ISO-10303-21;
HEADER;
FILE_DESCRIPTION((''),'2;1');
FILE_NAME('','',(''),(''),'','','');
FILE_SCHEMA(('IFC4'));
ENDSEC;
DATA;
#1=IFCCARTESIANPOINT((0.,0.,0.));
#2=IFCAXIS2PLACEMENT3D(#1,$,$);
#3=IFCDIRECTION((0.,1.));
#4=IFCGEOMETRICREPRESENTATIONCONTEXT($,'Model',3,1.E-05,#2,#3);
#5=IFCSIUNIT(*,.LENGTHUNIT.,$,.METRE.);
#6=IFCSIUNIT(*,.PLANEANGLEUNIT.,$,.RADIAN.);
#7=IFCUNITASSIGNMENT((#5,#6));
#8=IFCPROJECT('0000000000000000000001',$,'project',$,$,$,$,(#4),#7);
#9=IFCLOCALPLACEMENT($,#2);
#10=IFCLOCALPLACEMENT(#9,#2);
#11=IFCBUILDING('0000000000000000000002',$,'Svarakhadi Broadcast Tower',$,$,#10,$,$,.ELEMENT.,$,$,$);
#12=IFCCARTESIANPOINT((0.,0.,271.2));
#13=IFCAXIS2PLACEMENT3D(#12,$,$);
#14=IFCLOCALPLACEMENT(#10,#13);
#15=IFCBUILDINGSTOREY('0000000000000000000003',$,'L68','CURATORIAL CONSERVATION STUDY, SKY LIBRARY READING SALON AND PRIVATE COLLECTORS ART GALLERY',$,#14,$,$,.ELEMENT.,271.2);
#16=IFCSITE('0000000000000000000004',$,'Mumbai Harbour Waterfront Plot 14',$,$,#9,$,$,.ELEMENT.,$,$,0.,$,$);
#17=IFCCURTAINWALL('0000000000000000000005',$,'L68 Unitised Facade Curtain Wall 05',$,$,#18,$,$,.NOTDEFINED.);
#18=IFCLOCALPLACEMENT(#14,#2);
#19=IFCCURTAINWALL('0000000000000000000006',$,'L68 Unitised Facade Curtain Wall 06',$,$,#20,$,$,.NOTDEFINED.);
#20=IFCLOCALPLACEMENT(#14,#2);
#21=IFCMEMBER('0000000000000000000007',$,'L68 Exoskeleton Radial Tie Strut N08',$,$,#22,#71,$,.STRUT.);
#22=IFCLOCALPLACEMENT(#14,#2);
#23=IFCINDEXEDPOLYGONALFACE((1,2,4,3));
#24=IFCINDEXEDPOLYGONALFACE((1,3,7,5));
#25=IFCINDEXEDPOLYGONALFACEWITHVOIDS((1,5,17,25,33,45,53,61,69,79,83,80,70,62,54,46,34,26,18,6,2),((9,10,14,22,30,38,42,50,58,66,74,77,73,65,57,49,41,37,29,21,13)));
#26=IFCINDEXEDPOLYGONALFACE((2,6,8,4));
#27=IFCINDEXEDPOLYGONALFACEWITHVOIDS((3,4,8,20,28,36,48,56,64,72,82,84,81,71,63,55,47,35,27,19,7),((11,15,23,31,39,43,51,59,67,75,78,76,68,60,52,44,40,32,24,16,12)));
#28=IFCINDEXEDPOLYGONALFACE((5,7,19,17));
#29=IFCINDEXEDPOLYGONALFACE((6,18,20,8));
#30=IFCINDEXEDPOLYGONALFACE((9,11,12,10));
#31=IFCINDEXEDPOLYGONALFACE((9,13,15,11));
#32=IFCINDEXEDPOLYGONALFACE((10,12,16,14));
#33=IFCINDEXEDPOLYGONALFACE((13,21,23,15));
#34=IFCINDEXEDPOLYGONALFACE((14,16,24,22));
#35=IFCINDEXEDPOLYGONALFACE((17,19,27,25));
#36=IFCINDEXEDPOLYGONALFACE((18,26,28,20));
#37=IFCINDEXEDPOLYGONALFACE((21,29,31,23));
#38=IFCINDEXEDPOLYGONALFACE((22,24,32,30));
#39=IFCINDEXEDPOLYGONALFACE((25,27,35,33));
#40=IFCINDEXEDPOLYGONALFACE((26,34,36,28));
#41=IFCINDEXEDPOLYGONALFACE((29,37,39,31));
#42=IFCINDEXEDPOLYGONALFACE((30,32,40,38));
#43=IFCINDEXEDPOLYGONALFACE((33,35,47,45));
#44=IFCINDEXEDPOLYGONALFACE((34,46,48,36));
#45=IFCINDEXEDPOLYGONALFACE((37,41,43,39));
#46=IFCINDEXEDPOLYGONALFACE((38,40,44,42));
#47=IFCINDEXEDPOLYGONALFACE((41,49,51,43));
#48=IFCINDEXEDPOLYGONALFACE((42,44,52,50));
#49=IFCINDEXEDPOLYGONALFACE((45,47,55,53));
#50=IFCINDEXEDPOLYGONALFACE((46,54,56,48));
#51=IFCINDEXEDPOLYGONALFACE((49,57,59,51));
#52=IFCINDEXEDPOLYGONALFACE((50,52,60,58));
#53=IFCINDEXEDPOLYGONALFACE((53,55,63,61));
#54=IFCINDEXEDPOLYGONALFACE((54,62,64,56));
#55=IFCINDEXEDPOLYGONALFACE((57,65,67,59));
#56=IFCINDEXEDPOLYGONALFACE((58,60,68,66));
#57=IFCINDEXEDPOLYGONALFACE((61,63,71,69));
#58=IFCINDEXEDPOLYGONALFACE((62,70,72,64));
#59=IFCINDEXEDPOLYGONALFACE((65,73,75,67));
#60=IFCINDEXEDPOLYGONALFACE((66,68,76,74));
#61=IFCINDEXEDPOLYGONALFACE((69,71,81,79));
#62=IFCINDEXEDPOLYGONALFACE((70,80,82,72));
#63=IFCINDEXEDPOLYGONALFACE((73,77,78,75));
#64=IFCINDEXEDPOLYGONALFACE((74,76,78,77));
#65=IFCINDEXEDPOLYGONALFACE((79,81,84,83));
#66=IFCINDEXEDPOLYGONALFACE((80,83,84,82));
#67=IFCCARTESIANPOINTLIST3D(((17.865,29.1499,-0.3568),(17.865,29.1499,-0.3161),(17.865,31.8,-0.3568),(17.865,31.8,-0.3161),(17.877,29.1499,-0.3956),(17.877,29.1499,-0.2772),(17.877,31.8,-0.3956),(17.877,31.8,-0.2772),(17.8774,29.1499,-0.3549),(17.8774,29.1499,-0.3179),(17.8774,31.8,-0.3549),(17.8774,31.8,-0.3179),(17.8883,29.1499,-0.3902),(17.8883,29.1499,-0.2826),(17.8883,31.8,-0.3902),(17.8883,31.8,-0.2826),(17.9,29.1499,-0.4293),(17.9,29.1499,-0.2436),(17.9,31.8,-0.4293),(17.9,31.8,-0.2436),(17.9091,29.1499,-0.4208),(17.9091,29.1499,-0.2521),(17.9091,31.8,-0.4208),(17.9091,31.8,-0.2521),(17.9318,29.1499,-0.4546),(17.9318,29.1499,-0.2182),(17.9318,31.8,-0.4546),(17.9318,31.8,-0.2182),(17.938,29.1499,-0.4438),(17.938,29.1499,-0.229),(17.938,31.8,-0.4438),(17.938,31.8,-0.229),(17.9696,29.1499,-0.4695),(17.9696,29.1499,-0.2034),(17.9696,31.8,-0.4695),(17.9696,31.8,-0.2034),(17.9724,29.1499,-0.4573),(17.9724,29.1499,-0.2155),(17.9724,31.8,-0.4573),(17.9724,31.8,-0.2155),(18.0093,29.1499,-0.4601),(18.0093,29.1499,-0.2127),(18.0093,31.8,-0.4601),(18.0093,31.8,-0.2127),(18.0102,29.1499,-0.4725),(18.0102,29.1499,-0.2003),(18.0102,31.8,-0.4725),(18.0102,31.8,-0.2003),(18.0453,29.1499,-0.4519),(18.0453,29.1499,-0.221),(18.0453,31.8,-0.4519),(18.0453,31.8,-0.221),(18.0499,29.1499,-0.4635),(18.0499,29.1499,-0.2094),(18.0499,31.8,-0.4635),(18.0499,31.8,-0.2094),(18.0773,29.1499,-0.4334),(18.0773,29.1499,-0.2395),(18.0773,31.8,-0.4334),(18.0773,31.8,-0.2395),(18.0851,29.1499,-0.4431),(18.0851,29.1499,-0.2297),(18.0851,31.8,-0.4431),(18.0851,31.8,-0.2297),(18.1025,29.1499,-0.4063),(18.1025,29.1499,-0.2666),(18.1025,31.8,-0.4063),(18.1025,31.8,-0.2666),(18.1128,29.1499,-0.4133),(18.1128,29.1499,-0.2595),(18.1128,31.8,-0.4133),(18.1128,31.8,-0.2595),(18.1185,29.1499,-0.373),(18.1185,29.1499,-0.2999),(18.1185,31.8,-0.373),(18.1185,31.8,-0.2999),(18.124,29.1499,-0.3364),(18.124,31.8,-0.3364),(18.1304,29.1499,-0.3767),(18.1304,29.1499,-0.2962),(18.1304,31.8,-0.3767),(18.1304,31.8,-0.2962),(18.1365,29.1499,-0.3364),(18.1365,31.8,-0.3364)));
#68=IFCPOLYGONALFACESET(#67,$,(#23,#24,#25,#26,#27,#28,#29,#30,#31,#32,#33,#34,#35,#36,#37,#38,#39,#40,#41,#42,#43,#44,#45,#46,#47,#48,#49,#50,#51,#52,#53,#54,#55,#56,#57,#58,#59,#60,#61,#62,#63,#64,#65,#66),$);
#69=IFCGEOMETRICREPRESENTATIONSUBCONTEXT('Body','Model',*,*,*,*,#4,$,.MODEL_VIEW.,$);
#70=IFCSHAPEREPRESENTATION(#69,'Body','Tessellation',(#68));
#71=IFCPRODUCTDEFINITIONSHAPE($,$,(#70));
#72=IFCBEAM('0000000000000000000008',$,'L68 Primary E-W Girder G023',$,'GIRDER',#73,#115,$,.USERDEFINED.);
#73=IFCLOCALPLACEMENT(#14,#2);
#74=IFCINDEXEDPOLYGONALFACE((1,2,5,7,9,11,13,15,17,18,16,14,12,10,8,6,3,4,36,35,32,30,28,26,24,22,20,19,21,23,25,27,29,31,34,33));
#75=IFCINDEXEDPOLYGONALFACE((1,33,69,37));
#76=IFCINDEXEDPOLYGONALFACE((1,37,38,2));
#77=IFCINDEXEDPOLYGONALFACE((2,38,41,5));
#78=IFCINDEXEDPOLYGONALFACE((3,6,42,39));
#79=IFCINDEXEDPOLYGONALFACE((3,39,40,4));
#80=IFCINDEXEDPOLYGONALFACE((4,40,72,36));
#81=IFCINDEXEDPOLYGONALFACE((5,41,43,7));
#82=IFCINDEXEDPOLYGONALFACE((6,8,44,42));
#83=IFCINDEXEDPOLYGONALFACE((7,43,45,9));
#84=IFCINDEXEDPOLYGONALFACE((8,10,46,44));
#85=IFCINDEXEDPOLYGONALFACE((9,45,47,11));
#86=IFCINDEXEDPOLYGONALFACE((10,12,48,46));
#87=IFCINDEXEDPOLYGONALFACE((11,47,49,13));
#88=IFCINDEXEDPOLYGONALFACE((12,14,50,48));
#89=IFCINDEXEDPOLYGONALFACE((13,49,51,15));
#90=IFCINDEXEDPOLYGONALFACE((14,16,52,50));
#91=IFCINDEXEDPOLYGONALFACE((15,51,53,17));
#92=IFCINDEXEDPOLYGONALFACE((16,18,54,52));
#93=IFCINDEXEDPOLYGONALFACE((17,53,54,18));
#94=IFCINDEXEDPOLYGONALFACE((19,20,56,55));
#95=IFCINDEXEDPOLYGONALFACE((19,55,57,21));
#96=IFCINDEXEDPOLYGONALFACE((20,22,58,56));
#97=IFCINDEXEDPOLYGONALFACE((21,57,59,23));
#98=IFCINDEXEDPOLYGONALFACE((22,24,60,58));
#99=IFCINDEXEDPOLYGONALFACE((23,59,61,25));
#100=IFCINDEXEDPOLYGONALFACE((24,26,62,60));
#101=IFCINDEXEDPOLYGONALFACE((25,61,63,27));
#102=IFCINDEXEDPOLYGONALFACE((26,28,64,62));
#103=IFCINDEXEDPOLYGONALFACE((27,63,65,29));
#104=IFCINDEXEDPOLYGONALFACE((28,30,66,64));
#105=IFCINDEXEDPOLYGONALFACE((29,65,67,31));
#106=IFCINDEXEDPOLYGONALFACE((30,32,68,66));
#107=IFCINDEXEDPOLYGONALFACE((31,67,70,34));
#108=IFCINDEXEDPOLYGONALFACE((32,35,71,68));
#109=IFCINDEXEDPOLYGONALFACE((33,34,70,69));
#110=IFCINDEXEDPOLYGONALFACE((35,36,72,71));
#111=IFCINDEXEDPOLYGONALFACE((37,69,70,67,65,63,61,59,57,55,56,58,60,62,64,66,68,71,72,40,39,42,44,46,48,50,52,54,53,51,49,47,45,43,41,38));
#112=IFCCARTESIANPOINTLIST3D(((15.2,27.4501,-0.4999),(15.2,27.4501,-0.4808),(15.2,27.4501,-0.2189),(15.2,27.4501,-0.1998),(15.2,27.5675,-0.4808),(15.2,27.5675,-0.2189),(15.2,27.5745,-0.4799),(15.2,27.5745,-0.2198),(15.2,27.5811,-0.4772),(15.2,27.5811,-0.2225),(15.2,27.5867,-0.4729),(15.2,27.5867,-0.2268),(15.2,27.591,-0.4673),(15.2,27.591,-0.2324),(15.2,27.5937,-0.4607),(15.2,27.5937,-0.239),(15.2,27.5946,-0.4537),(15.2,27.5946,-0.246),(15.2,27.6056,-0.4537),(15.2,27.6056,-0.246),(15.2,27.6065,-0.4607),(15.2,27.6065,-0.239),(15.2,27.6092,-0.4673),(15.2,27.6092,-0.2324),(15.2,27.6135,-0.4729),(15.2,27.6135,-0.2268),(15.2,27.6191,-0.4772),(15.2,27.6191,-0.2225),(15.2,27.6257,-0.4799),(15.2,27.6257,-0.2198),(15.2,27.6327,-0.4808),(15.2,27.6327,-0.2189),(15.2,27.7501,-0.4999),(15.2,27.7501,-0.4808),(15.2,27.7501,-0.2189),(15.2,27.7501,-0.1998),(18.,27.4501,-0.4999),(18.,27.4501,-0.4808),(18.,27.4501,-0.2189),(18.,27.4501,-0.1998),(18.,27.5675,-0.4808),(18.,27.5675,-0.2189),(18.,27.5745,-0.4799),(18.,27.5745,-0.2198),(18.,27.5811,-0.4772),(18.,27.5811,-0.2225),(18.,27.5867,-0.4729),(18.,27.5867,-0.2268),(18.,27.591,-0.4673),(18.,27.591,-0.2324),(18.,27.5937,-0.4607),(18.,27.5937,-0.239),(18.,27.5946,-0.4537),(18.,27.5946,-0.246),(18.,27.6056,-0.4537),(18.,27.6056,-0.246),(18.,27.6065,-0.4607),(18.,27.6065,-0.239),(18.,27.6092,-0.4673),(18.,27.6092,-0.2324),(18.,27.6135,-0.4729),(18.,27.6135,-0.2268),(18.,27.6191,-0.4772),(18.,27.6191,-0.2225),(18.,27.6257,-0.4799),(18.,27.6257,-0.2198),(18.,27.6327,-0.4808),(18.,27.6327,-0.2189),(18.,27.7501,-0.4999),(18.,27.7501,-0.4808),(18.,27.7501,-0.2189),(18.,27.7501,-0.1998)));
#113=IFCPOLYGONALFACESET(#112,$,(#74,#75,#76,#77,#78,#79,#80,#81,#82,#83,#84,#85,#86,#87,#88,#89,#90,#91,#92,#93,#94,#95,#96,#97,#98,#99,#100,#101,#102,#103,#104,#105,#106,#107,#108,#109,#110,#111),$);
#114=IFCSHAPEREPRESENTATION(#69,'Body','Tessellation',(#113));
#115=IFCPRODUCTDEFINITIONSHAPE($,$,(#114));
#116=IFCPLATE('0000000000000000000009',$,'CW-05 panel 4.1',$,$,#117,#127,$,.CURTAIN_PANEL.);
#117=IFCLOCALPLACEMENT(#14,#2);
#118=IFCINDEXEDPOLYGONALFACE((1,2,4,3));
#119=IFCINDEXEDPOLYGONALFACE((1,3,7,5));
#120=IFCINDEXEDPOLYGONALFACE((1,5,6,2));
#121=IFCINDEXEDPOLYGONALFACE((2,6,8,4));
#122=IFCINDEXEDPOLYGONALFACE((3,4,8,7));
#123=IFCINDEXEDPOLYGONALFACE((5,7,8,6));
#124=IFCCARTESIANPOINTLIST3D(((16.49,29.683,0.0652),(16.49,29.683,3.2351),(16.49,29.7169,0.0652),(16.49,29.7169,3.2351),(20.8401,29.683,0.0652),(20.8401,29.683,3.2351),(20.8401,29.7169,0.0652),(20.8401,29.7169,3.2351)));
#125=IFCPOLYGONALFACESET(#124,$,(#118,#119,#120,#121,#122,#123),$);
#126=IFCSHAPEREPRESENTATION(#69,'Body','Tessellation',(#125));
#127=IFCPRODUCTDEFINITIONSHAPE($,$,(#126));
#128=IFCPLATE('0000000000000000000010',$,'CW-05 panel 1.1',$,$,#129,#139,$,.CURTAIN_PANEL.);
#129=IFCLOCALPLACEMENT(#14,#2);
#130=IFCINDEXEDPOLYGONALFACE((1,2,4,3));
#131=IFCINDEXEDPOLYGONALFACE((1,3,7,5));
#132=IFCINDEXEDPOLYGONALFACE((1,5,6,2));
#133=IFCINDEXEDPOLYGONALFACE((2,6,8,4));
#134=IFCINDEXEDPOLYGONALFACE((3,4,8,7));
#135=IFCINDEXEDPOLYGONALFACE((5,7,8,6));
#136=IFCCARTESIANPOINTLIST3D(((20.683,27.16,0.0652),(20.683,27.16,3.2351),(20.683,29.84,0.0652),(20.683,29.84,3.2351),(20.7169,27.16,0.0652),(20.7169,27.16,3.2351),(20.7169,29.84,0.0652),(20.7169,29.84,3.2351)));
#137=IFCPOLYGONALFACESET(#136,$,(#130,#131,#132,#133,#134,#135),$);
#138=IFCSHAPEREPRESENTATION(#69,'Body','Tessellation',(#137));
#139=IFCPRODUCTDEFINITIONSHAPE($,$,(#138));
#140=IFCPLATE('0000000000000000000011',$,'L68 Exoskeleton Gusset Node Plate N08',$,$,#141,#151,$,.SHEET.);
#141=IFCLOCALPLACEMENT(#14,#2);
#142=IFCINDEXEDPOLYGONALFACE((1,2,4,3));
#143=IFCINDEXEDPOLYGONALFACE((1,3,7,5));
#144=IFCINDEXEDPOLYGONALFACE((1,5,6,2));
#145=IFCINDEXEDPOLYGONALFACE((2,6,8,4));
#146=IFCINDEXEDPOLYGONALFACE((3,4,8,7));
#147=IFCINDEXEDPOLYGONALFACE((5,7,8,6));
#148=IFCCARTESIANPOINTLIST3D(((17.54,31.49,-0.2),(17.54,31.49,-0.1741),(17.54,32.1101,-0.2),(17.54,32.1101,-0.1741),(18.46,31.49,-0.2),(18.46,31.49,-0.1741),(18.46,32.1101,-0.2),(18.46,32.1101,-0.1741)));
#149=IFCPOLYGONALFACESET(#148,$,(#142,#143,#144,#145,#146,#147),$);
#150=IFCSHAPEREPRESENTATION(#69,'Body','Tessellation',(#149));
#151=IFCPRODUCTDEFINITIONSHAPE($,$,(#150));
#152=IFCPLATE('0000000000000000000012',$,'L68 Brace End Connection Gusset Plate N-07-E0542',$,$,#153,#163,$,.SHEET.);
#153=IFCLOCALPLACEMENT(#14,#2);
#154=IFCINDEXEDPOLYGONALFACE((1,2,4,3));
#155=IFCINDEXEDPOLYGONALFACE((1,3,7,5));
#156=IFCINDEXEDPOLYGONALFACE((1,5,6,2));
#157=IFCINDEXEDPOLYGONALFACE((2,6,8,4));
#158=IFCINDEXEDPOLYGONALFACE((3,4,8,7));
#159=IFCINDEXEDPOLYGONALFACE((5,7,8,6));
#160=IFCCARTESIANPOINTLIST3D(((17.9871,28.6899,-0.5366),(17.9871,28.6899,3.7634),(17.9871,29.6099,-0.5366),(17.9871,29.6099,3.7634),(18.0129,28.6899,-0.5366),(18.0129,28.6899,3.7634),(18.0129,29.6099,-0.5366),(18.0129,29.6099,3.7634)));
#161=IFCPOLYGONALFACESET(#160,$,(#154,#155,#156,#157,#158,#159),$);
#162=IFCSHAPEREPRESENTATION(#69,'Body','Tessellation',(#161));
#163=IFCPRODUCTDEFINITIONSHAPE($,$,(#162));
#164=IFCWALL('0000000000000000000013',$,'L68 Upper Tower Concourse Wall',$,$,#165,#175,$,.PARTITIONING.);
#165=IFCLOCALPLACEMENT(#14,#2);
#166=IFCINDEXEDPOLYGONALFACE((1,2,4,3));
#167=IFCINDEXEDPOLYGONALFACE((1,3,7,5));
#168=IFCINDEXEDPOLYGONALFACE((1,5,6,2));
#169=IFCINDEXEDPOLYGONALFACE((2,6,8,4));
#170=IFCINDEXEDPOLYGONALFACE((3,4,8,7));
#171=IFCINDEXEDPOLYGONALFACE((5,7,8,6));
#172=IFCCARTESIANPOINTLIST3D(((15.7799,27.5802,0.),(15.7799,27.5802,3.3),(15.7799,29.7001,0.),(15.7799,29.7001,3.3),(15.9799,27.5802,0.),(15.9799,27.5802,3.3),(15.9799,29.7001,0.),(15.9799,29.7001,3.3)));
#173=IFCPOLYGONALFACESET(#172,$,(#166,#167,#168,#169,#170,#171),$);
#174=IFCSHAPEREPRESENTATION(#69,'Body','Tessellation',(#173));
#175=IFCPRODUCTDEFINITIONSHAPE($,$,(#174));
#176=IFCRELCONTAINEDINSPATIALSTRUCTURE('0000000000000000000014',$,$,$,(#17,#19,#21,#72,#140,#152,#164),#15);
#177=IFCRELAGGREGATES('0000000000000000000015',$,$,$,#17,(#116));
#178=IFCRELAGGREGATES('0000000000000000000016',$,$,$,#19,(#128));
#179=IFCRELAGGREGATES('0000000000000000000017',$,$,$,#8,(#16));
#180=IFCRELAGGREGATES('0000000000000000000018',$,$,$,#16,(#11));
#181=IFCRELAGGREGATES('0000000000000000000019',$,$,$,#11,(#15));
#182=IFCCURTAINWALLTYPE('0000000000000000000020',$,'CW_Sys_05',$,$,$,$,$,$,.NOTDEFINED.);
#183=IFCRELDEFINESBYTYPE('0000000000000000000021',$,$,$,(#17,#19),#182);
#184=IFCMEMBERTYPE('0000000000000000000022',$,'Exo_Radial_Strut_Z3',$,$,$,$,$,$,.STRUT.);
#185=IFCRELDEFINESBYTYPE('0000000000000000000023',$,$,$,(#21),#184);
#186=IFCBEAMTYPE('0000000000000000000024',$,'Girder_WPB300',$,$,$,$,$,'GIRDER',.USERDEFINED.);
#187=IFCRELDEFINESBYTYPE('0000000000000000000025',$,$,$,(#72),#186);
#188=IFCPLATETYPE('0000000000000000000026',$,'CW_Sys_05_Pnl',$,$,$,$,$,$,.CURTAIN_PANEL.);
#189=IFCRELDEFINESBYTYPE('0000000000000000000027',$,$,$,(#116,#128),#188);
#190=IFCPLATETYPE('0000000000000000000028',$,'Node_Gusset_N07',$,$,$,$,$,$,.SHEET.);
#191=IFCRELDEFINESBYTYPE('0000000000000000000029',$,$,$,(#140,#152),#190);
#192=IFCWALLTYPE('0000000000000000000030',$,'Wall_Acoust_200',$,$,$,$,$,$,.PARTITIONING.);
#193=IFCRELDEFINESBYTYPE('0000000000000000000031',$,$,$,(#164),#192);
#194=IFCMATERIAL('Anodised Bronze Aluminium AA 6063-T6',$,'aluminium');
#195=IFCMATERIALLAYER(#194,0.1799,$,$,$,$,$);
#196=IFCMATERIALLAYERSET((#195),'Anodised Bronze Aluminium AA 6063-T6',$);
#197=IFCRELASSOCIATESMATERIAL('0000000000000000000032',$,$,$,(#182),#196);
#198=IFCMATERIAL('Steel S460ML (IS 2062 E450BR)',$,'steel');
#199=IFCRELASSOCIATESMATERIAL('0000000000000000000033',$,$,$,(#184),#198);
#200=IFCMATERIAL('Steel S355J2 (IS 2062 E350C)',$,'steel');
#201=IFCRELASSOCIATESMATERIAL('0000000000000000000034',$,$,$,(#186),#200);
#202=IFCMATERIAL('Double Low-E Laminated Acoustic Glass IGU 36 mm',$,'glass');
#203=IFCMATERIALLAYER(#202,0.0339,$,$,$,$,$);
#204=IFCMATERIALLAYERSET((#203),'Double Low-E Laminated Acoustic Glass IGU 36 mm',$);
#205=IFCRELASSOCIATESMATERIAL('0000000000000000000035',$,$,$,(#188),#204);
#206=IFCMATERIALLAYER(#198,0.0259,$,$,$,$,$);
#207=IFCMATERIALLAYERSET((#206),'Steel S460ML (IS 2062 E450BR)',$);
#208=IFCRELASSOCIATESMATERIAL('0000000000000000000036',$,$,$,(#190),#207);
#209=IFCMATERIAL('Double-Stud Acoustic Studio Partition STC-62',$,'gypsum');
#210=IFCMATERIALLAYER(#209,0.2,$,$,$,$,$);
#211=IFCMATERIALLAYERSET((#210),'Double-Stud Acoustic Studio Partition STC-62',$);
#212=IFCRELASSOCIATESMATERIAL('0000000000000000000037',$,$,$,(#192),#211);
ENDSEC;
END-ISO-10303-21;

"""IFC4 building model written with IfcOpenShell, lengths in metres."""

from ifc_helpers import new_model, si_unit, direction, frame, frame_2d, origin, origin_2d, place, context, subcontext, project, spatial, rectangle, hollow_circle, i_section, extrude, material, layer, layer_set, material_profile, profile_set, type_object, element, aggregate, save


model = new_model("IFC4")

# Units and contexts
model_context = context("Model", 3, precision=1e-05, world=origin(), true_north=direction((0.0, 1.0)))
body_context = subcontext(model_context, "Body", "Model", "MODEL_VIEW")
ifc_project = project(units=[si_unit("LENGTHUNIT", "METRE"), si_unit("PLANEANGLEUNIT", "RADIAN")], contexts=[model_context])

# Site, building, storey
site_placement = place(None, origin())
site = spatial("IfcSite", under=ifc_project, at=site_placement, Name="Mumbai Harbour Waterfront Plot 14", CompositionType="ELEMENT", RefElevation=0.0)
building_placement = place(site_placement, origin())
building = spatial("IfcBuilding", under=site, at=building_placement, Name="Svarakhadi Broadcast Tower", CompositionType="ELEMENT")
storey_placement = place(building_placement, frame((0.0, 0.0, 271.2)))
storey = spatial("IfcBuildingStorey", under=building, at=storey_placement, Name="L68", Description="CURATORIAL CONSERVATION STUDY, SKY LIBRARY READING SALON AND PRIVATE COLLECTORS ART GALLERY", CompositionType="ELEMENT", Elevation=271.2)

# Shared definitions
ifc_material_1 = material(Name="Steel S460ML (IS 2062 E450BR)", Category="steel")

# Curtain walls
ifc_material_2 = material(Name="Anodised Bronze Aluminium AA 6063-T6", Category="aluminium")
ifc_layer_1 = layer(ifc_material_2, 0.1799)
ifc_layer_set_1 = layer_set([ifc_layer_1], Name="Anodised Bronze Aluminium AA 6063-T6")
curtain_wall_type = type_object("IfcCurtainWallType", Name="CW_Sys_05", PredefinedType="NOTDEFINED", material=ifc_layer_set_1)
curtain_wall_1_placement = place(storey_placement, origin())
curtain_wall_1 = element("IfcCurtainWall", 1, at=curtain_wall_1_placement, inside=storey, type_object=curtain_wall_type, Name="L68 Unitised Facade Curtain Wall 05", PredefinedType="NOTDEFINED")
curtain_wall_2_placement = place(storey_placement, origin())
curtain_wall_2 = element("IfcCurtainWall", 2, at=curtain_wall_2_placement, inside=storey, type_object=curtain_wall_type, Name="L68 Unitised Facade Curtain Wall 06", PredefinedType="NOTDEFINED")

# Member
ifc_material_profile_1 = material_profile(ifc_material_1, hollow_circle(Radius=0.1365, WallThickness=0.0125, at=origin_2d()), Name="CHS 273x12.5")
ifc_profile_set_1 = profile_set([ifc_material_profile_1], Name="Steel S460ML (IS 2062 E450BR)")
member_type_1 = type_object("IfcMemberType", Name="Exo_Radial_Strut_Z3", PredefinedType="STRUT", material=ifc_profile_set_1)
member_1_placement = place(storey_placement, frame((18.0, 31.8, -0.3364), z_axis=(0.0, -1.0, 0.0), x_axis=(1.0, 0.0, 0.0)))
element("IfcMember", 3, at=member_1_placement, inside=storey, type_object=member_type_1, Name="L68 Exoskeleton Radial Tie Strut N08", PredefinedType="STRUT", context=body_context, shape_type="SweptSolid", body=[
    extrude(hollow_circle(Radius=0.1365, WallThickness=0.0125, at=origin_2d()), origin(), (0.0, 0.0, 1.0), 2.6501),
])

# Beam
ifc_material_3 = material(Name="Steel S355J2 (IS 2062 E350C)", Category="steel")
ifc_material_profile_2 = material_profile(ifc_material_3, i_section(OverallWidth=0.3, OverallDepth=0.3, WebThickness=0.011, FlangeThickness=0.019, FilletRadius=0.0271, at=origin_2d()), Name="WPB 300x300x117")
ifc_profile_set_2 = profile_set([ifc_material_profile_2], Name="Steel S355J2 (IS 2062 E350C)")
beam_type = type_object("IfcBeamType", Name="Girder_WPB300", ElementType="GIRDER", PredefinedType="USERDEFINED", material=ifc_profile_set_2)
beam_placement = place(storey_placement, frame((15.2, 27.6001, -0.3499), z_axis=(1.0, 0.0, 0.0), x_axis=(0.0, 1.0, 0.0)))
element("IfcBeam", 4, at=beam_placement, inside=storey, type_object=beam_type, Name="L68 Primary E-W Girder G023", ObjectType="GIRDER", PredefinedType="USERDEFINED", context=body_context, shape_type="SweptSolid", body=[
    extrude(i_section(OverallWidth=0.3, OverallDepth=0.3, WebThickness=0.011, FlangeThickness=0.019, FilletRadius=0.0271, at=origin_2d()), origin(), (0.0, 0.0, 1.0), 2.8),
])

# Plates
ifc_material_4 = material(Name="Double Low-E Laminated Acoustic Glass IGU 36 mm", Category="glass")
ifc_layer_2 = layer(ifc_material_4, 0.0339)
ifc_layer_set_2 = layer_set([ifc_layer_2], Name="Double Low-E Laminated Acoustic Glass IGU 36 mm")
plate_type_1 = type_object("IfcPlateType", Name="CW_Sys_05_Pnl", PredefinedType="CURTAIN_PANEL", material=ifc_layer_set_2)
plate_1_placement = place(storey_placement, frame((18.665, 29.7, 0.0652), z_axis=(0.0, 0.0, 1.0), x_axis=(1.0, 0.0, 0.0)))
plate_1 = element("IfcPlate", 5, at=plate_1_placement, type_object=plate_type_1, Name="CW-05 panel 4.1", PredefinedType="CURTAIN_PANEL", context=body_context, shape_type="SweptSolid", body=[
    extrude(rectangle(XDim=4.3501, YDim=0.0339, at=origin_2d()), origin(), (0.0, 0.0, 1.0), 3.1699),
])
aggregate(curtain_wall_1, [plate_1])
plate_2_placement = place(storey_placement, frame((20.7, 28.5, 0.0652), z_axis=(0.0, 0.0, 1.0), x_axis=(0.0, -1.0, 0.0)))
plate_2 = element("IfcPlate", 6, at=plate_2_placement, type_object=plate_type_1, Name="CW-05 panel 1.1", PredefinedType="CURTAIN_PANEL", context=body_context, shape_type="SweptSolid", body=[
    extrude(rectangle(XDim=2.6799, YDim=0.0339, at=origin_2d()), origin(), (0.0, 0.0, 1.0), 3.1699),
])
aggregate(curtain_wall_2, [plate_2])

# Plates
ifc_layer_3 = layer(ifc_material_1, 0.0259)
ifc_layer_set_3 = layer_set([ifc_layer_3], Name="Steel S460ML (IS 2062 E450BR)")
plate_type_2 = type_object("IfcPlateType", Name="Node_Gusset_N07", PredefinedType="SHEET", material=ifc_layer_set_3)
plate_3_placement = place(storey_placement, frame((18.0, 31.8, -0.2), z_axis=(0.0, 0.0, 1.0), x_axis=(1.0, 0.0, 0.0)))
element("IfcPlate", 7, at=plate_3_placement, inside=storey, type_object=plate_type_2, Name="L68 Exoskeleton Gusset Node Plate N08", PredefinedType="SHEET", context=body_context, shape_type="SweptSolid", body=[
    extrude(rectangle(XDim=0.9199, YDim=0.6201, at=origin_2d()), origin(), (0.0, 0.0, 1.0), 0.0259),
])
plate_4_placement = place(storey_placement, frame((18.0, 29.1499, -0.5366), z_axis=(0.0, 0.0, 1.0), x_axis=(0.0, 1.0, 0.0)))
element("IfcPlate", 8, at=plate_4_placement, inside=storey, type_object=plate_type_2, Name="L68 Brace End Connection Gusset Plate N-07-E0542", PredefinedType="SHEET", context=body_context, shape_type="SweptSolid", body=[
    extrude(rectangle(XDim=0.9199, YDim=0.0259, at=origin_2d()), origin(), (0.0, 0.0, 1.0), 4.3),
])

# Wall
ifc_material_5 = material(Name="Double-Stud Acoustic Studio Partition STC-62", Category="gypsum")
ifc_layer_4 = layer(ifc_material_5, 0.2)
ifc_layer_set_4 = layer_set([ifc_layer_4], Name="Double-Stud Acoustic Studio Partition STC-62")
wall_type = type_object("IfcWallType", Name="Wall_Acoust_200", PredefinedType="PARTITIONING", material=ifc_layer_set_4)
wall_1_placement = place(storey_placement, frame((15.8799, 27.5801, 0.0), z_axis=(0.0, 0.0, 1.0), x_axis=(0.0, 1.0, 0.0)))
element("IfcWall", 9, at=wall_1_placement, inside=storey, type_object=wall_type, Name="L68 Upper Tower Concourse Wall", PredefinedType="PARTITIONING", context=body_context, shape_type="SweptSolid", body=[
    extrude(rectangle(XDim=2.1199, YDim=0.2, at=frame_2d((1.0601, 0.0))), origin(), (0.0, 0.0, 1.0), 3.3),
])

save(model, "model.ifc")
